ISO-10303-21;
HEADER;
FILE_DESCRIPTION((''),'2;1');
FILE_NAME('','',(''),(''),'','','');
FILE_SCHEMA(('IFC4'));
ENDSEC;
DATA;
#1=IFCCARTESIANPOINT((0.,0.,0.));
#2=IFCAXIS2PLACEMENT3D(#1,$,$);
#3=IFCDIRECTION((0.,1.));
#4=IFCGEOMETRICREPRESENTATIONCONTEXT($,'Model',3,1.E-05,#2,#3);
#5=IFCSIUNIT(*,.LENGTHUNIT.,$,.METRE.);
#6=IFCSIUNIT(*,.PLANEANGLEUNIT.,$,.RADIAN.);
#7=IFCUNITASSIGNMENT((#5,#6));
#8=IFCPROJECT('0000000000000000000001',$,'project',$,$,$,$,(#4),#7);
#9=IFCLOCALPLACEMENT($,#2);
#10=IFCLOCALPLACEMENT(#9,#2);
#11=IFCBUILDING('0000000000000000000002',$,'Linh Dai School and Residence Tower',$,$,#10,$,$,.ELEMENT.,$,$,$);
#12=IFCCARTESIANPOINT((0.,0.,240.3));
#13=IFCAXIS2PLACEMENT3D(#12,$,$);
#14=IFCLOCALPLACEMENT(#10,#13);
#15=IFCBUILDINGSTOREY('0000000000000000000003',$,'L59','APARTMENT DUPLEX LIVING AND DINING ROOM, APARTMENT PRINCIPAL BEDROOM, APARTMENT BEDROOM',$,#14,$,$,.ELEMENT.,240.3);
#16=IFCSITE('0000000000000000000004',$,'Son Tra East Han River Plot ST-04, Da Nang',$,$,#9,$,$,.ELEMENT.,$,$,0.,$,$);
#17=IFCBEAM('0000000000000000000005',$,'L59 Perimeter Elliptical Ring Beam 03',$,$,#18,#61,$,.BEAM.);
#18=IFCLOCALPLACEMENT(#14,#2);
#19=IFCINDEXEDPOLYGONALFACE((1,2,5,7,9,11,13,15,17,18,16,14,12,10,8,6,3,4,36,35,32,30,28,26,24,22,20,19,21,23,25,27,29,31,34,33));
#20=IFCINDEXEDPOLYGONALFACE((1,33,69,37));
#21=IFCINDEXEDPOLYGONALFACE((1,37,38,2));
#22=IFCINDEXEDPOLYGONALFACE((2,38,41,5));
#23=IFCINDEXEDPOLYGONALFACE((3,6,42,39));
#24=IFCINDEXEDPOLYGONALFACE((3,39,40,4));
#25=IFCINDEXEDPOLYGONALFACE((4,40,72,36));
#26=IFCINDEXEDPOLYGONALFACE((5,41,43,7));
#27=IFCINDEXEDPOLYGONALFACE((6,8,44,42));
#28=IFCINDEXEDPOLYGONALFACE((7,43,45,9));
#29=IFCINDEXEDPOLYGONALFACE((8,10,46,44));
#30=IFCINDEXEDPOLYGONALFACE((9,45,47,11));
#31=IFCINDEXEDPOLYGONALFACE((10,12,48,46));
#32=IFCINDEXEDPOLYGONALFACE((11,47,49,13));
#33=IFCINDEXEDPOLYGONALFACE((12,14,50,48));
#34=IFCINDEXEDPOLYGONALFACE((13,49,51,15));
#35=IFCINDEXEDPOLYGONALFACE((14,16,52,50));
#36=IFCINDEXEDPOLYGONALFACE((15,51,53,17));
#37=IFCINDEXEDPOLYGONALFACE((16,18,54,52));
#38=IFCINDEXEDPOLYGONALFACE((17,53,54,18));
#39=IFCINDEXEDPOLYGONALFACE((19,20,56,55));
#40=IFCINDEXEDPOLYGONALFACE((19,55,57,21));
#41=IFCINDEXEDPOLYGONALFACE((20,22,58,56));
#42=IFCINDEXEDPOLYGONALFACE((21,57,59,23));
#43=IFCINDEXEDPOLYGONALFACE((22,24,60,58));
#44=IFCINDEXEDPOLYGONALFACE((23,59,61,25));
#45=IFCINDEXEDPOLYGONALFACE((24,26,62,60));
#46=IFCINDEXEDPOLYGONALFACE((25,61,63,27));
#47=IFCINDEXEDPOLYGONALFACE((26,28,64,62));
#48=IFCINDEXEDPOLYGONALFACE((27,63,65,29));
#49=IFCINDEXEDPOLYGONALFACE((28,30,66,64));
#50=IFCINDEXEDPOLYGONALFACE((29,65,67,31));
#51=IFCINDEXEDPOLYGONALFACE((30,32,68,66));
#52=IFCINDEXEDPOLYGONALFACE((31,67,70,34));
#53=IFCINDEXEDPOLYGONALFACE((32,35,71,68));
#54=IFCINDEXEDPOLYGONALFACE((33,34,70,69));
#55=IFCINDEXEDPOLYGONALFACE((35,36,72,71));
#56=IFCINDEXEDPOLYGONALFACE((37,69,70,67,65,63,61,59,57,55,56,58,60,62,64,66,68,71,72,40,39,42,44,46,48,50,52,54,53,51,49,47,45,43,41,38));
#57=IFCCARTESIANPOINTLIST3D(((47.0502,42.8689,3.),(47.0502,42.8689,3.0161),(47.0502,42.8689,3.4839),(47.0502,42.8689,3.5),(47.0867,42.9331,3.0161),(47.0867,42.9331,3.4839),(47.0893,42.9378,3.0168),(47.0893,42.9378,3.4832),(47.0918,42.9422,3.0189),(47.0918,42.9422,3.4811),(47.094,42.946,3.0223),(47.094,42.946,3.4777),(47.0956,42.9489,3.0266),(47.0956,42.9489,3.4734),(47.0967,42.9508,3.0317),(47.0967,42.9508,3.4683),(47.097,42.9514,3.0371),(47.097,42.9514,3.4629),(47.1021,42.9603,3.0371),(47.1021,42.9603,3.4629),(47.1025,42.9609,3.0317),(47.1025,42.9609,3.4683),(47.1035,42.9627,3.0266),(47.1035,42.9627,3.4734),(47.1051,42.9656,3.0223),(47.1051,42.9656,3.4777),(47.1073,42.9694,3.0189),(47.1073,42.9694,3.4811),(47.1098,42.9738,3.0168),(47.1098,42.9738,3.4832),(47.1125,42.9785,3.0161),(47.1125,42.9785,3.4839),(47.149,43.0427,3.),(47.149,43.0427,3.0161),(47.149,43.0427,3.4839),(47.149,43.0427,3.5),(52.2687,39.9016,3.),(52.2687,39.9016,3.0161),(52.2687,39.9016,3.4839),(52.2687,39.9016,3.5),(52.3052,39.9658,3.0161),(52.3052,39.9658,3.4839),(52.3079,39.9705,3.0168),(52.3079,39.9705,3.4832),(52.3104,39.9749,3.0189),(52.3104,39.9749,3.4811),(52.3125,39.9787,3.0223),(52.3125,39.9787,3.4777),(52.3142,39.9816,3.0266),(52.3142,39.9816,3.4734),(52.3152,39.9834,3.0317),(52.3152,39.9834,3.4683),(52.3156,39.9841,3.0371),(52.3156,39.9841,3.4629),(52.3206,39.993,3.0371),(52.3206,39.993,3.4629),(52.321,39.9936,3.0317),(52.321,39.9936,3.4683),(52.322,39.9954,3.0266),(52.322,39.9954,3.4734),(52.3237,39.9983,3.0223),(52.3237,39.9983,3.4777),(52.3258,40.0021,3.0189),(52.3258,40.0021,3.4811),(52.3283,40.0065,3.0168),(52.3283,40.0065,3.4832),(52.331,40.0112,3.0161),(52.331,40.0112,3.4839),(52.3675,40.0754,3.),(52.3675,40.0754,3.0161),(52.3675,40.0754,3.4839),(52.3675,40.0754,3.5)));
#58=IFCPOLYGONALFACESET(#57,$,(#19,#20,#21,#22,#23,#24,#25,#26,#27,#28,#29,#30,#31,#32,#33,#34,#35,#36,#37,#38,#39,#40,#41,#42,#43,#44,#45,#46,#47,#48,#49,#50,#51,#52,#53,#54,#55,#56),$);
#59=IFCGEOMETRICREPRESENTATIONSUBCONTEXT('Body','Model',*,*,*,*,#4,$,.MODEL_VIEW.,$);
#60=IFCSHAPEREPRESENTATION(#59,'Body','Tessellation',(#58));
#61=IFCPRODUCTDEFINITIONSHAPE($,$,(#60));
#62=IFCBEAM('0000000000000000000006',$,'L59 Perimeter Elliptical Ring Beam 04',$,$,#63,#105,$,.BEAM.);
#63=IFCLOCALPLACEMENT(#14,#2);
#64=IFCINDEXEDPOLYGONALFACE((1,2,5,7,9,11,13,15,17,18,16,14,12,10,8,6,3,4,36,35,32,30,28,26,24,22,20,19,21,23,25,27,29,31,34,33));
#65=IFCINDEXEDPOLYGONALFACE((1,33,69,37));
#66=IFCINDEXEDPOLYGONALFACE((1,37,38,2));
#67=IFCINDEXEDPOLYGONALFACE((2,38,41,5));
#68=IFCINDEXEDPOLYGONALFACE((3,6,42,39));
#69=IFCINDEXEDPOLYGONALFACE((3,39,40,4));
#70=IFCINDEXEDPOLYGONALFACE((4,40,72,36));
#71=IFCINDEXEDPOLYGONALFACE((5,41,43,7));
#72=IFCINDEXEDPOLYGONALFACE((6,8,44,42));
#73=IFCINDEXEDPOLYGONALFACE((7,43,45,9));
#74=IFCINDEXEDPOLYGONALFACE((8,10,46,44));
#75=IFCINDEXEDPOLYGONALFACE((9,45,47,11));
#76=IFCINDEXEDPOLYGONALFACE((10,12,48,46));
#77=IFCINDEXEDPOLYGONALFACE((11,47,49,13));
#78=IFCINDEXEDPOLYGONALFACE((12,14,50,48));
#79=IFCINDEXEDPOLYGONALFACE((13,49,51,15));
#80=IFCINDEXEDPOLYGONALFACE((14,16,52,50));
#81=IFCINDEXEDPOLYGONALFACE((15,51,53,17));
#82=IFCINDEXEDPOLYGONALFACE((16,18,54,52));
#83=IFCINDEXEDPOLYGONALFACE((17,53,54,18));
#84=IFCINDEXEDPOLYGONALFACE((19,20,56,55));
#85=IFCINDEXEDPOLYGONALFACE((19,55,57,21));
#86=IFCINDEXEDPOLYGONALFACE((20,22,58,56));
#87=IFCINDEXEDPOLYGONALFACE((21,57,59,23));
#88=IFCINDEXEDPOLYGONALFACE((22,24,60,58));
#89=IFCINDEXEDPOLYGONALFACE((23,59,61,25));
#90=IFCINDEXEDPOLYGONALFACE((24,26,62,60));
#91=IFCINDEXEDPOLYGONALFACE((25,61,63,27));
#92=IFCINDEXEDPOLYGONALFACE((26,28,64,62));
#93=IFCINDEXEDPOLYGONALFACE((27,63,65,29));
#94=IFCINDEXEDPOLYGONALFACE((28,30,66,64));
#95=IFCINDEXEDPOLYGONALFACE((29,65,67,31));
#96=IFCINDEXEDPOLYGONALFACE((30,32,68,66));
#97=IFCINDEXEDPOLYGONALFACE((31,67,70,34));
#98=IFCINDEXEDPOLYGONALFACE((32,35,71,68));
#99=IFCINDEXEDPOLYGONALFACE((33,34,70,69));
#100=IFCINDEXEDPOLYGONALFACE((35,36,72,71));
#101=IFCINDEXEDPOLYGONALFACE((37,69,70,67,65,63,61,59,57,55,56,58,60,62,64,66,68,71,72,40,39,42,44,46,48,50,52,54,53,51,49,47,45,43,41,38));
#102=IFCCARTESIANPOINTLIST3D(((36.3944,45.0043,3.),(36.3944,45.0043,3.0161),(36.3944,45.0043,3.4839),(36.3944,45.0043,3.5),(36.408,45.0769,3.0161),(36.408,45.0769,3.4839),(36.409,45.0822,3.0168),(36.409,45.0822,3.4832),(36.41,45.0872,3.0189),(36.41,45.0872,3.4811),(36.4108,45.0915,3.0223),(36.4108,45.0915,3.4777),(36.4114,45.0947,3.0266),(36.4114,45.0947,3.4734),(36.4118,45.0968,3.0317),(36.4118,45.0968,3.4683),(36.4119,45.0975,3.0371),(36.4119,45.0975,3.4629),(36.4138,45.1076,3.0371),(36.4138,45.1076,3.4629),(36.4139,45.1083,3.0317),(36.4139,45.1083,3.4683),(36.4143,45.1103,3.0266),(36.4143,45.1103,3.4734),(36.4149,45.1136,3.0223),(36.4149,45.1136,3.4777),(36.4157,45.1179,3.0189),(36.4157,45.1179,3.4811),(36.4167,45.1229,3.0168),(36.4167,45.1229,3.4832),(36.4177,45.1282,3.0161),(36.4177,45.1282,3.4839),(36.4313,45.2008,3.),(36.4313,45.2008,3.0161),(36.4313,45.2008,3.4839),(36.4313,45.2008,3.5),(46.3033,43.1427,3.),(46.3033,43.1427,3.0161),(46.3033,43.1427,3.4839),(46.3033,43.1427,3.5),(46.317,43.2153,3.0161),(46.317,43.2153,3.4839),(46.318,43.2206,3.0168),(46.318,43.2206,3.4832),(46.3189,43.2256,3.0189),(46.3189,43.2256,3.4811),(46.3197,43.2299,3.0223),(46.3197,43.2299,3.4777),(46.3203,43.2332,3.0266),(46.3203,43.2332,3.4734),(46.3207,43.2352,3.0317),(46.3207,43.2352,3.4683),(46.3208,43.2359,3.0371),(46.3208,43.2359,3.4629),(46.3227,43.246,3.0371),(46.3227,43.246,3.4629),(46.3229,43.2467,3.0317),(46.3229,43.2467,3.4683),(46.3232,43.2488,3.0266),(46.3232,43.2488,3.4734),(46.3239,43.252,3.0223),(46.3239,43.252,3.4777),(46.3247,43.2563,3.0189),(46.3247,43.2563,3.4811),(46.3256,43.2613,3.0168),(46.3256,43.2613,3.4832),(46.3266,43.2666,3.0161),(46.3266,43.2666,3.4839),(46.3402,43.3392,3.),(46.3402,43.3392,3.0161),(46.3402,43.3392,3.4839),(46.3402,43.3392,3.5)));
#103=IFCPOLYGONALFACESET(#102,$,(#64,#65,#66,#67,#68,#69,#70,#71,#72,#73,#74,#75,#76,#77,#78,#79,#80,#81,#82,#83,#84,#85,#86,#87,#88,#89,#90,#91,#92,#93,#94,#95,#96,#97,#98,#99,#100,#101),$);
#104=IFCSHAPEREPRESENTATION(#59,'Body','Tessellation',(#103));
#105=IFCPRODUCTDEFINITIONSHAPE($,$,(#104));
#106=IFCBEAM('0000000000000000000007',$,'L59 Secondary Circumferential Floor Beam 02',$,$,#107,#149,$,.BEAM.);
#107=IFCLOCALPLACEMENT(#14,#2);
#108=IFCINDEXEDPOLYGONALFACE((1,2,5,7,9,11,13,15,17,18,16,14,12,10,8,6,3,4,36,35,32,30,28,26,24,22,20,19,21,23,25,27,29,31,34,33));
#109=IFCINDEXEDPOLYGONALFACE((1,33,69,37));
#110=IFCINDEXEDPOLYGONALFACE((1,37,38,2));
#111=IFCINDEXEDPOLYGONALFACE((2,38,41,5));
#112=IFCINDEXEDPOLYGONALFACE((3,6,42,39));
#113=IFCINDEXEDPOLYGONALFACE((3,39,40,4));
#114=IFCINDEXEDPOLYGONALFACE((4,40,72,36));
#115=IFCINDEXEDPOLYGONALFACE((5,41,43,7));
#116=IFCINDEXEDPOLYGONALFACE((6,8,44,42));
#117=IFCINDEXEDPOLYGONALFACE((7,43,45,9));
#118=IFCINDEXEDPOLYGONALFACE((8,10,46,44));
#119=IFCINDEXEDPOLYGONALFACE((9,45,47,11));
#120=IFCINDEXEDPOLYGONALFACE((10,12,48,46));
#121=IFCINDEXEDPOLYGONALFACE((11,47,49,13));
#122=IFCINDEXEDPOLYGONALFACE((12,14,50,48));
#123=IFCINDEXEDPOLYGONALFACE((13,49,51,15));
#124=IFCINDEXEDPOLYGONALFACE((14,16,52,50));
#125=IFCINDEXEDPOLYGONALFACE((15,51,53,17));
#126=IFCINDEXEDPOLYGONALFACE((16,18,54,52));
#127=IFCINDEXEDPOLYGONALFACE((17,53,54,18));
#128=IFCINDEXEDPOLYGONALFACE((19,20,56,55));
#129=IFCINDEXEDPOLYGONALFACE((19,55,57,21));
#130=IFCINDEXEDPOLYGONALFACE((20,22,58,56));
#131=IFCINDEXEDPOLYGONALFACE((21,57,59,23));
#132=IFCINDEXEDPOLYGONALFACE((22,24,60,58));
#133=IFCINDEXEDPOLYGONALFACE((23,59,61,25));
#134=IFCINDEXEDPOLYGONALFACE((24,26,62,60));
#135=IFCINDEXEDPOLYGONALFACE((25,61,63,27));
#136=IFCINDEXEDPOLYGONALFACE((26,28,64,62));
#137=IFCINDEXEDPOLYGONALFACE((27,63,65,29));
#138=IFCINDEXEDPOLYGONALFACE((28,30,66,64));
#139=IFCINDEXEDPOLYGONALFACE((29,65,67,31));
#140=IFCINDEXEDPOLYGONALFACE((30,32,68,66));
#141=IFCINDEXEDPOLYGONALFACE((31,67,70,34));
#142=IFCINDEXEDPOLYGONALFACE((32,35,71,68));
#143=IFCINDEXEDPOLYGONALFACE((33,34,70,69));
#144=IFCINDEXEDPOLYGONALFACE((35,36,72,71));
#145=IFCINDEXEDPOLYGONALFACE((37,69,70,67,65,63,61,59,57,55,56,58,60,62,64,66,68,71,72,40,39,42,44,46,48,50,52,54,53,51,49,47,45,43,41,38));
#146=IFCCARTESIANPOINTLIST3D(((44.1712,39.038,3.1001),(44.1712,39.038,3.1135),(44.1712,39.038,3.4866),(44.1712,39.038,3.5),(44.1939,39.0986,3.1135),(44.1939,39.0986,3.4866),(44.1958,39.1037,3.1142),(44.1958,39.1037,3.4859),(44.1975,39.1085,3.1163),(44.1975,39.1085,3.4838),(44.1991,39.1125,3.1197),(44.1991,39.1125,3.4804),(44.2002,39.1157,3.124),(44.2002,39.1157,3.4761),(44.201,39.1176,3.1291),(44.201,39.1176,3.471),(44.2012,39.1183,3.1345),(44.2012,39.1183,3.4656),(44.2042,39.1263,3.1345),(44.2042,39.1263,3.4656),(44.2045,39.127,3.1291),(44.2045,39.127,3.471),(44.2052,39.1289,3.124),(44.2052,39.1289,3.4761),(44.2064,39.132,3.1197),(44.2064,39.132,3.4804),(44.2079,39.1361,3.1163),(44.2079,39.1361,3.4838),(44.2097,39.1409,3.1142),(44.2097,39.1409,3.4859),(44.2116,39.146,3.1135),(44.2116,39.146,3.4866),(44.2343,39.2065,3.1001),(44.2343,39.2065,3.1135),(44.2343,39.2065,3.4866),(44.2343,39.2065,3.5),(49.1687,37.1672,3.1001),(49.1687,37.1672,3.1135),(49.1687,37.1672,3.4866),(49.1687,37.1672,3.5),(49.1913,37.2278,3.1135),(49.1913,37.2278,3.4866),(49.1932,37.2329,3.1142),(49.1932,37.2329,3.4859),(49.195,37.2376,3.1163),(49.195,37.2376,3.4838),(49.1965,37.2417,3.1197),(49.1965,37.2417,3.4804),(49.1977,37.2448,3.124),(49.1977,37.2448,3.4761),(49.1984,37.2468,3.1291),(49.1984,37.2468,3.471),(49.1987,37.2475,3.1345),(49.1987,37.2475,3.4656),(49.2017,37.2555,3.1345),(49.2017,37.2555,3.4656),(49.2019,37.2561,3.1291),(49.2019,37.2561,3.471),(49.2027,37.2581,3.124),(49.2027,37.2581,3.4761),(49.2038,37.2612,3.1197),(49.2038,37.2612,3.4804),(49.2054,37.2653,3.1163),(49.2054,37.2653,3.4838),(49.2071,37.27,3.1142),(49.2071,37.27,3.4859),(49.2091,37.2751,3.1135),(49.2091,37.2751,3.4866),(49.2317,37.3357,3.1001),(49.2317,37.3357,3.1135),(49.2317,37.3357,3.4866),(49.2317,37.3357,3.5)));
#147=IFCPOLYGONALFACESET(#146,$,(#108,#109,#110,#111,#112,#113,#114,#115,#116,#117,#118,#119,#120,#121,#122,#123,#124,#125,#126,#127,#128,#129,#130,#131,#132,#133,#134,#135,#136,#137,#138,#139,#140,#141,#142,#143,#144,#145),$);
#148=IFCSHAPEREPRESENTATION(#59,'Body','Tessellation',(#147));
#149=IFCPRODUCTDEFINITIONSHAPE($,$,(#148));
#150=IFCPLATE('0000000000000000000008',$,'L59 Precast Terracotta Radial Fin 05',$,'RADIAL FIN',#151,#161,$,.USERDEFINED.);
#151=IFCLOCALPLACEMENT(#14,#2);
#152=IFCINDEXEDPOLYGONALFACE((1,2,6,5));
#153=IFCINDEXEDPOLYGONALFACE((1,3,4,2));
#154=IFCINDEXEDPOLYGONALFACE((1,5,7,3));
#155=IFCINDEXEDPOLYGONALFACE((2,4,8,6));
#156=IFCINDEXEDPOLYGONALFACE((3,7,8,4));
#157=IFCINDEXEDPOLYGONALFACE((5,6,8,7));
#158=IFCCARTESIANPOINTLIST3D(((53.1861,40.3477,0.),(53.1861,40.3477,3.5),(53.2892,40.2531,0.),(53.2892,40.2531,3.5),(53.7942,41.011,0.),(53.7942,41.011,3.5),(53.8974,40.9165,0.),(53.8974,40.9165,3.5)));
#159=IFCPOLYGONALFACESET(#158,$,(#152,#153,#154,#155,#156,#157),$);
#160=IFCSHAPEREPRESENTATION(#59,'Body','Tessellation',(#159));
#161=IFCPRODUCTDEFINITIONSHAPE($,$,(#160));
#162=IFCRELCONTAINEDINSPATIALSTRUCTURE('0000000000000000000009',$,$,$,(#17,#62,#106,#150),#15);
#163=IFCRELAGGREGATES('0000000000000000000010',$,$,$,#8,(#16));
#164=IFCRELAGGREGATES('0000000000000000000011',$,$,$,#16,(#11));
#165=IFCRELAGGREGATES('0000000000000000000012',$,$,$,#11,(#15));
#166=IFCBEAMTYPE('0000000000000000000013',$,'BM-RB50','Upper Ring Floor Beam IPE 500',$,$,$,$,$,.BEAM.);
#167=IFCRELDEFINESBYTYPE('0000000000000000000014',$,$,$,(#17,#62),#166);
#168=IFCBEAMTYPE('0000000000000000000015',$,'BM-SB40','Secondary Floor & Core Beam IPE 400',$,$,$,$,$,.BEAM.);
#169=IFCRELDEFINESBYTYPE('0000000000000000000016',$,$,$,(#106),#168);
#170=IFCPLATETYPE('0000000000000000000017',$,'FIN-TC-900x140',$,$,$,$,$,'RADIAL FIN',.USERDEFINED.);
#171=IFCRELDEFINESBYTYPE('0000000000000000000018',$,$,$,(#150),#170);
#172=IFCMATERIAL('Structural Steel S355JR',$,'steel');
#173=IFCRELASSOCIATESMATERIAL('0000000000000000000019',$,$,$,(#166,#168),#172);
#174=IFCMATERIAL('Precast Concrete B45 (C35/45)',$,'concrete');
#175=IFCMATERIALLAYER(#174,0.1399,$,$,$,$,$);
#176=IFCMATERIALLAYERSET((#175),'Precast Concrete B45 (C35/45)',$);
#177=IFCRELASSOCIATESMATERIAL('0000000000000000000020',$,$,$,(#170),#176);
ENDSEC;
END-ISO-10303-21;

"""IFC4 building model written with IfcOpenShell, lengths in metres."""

from ifc_helpers import new_model, si_unit, direction, frame, origin, origin_2d, place, context, subcontext, project, spatial, rectangle, i_section, extrude, source, transform, mapped, material, layer, layer_set, material_profile, profile_set, type_object, element, save


model = new_model("IFC4")

# Units and contexts
model_context = context("Model", 3, precision=1e-05, world=origin(), true_north=direction((0.0, 1.0)))
body_context = subcontext(model_context, "Body", "Model", "MODEL_VIEW")
ifc_project = project(units=[si_unit("LENGTHUNIT", "METRE"), si_unit("PLANEANGLEUNIT", "RADIAN")], contexts=[model_context])

# Site, building, storey
site_placement = place(None, origin())
site = spatial("IfcSite", under=ifc_project, at=site_placement, Name="Son Tra East Han River Plot ST-04, Da Nang", CompositionType="ELEMENT", RefElevation=0.0)
building_placement = place(site_placement, origin())
building = spatial("IfcBuilding", under=site, at=building_placement, Name="Linh Dai School and Residence Tower", CompositionType="ELEMENT")
storey_placement = place(building_placement, frame((0.0, 0.0, 240.3)))
storey = spatial("IfcBuildingStorey", under=building, at=storey_placement, Name="L59", Description="APARTMENT DUPLEX LIVING AND DINING ROOM, APARTMENT PRINCIPAL BEDROOM, APARTMENT BEDROOM", CompositionType="ELEMENT", Elevation=240.3)

# Shared definitions
ifc_material_1 = material(Name="Structural Steel S355JR", Category="steel")

# Beams
ifc_material_profile_1 = material_profile(ifc_material_1, i_section(OverallWidth=0.2, OverallDepth=0.5, WebThickness=0.0103, FlangeThickness=0.0161, FilletRadius=0.021, at=origin_2d()), Name="IPE 500")
ifc_profile_set_1 = profile_set([ifc_material_profile_1], Name="Structural Steel S355JR")
beam_type_1 = type_object("IfcBeamType", Name="BM-RB50", Description="Upper Ring Floor Beam IPE 500", PredefinedType="BEAM", material=ifc_profile_set_1)
beam_1_placement = place(storey_placement, frame((52.3181, 39.9885, 3.25), z_axis=(-0.869297, 0.49429, 0.0), x_axis=(-0.49429, -0.869297, 0.0)))
element("IfcBeam", 1, at=beam_1_placement, inside=storey, type_object=beam_type_1, Name="L59 Perimeter Elliptical Ring Beam 03", PredefinedType="BEAM", context=body_context, shape_type="SweptSolid", body=[
    extrude(i_section(OverallWidth=0.2, OverallDepth=0.5, WebThickness=0.0103, FlangeThickness=0.0161, FilletRadius=0.021, at=origin_2d()), origin(), (0.0, 0.0, 1.0), 6.0032),
])
beam_2_placement = place(storey_placement, frame((46.3218, 43.241, 3.25), z_axis=(-0.982807, 0.184638, 0.0), x_axis=(-0.184638, -0.982807, 0.0)))
element("IfcBeam", 2, at=beam_2_placement, inside=storey, type_object=beam_type_1, Name="L59 Perimeter Elliptical Ring Beam 04", PredefinedType="BEAM", context=body_context, shape_type="SweptSolid", body=[
    extrude(i_section(OverallWidth=0.2, OverallDepth=0.5, WebThickness=0.0103, FlangeThickness=0.0161, FilletRadius=0.021, at=origin_2d()), origin(), (0.0, 0.0, 1.0), 10.0823),
])
ifc_material_profile_2 = material_profile(ifc_material_1, i_section(OverallWidth=0.1799, OverallDepth=0.3999, WebThickness=0.0085, FlangeThickness=0.0134, FilletRadius=0.021, at=origin_2d()), Name="IPE 400")
ifc_profile_set_2 = profile_set([ifc_material_profile_2], Name="Structural Steel S355JR")
beam_type_2 = type_object("IfcBeamType", Name="BM-SB40", Description="Secondary Floor & Core Beam IPE 400", PredefinedType="BEAM", material=ifc_profile_set_2)
beam_3_placement = place(storey_placement, frame((49.2002, 37.2515, 3.3), z_axis=(-0.936528, 0.350592, 0.0), x_axis=(-0.350592, -0.936528, 0.0)))
element("IfcBeam", 3, at=beam_3_placement, inside=storey, type_object=beam_type_2, Name="L59 Secondary Circumferential Floor Beam 02", PredefinedType="BEAM", context=body_context, shape_type="SweptSolid", body=[
    extrude(i_section(OverallWidth=0.1799, OverallDepth=0.3999, WebThickness=0.0085, FlangeThickness=0.0134, FilletRadius=0.021, at=origin_2d()), origin(), (0.0, 0.0, 1.0), 5.3362),
])

# Plate
ifc_material_2 = material(Name="Precast Concrete B45 (C35/45)", Category="concrete")
ifc_layer_1 = layer(ifc_material_2, 0.1399)
ifc_layer_set_1 = layer_set([ifc_layer_1], Name="Precast Concrete B45 (C35/45)")
plate_type = type_object("IfcPlateType", Name="FIN-TC-900x140", ElementType="RADIAL FIN", PredefinedType="USERDEFINED", material=ifc_layer_set_1)
shared_shape_1 = source(origin(), body_context, "Body", "SweptSolid", [
    extrude(rectangle(XDim=0.8999, YDim=0.1399, at=origin_2d()), origin(), (0.0, 0.0, 1.0), 3.5),
])
plate_placement = place(storey_placement, frame((53.5417, 40.6321, 0.0), z_axis=(0.0, 0.0, 1.0), x_axis=(0.675758, 0.737124, 0.0)))
element("IfcPlate", 4, at=plate_placement, inside=storey, type_object=plate_type, Name="L59 Precast Terracotta Radial Fin 05", ObjectType="RADIAL FIN", PredefinedType="USERDEFINED", context=body_context, shape_type="MappedRepresentation", body=[
    mapped(shared_shape_1, transform((0.0, 0.0, 0.0), x_axis=(1.0, 0.0, 0.0), y_axis=(0.0, 1.0, 0.0), z_axis=(0.0, 0.0, 1.0), scale=1.0)),
])

save(model, "model.ifc")
